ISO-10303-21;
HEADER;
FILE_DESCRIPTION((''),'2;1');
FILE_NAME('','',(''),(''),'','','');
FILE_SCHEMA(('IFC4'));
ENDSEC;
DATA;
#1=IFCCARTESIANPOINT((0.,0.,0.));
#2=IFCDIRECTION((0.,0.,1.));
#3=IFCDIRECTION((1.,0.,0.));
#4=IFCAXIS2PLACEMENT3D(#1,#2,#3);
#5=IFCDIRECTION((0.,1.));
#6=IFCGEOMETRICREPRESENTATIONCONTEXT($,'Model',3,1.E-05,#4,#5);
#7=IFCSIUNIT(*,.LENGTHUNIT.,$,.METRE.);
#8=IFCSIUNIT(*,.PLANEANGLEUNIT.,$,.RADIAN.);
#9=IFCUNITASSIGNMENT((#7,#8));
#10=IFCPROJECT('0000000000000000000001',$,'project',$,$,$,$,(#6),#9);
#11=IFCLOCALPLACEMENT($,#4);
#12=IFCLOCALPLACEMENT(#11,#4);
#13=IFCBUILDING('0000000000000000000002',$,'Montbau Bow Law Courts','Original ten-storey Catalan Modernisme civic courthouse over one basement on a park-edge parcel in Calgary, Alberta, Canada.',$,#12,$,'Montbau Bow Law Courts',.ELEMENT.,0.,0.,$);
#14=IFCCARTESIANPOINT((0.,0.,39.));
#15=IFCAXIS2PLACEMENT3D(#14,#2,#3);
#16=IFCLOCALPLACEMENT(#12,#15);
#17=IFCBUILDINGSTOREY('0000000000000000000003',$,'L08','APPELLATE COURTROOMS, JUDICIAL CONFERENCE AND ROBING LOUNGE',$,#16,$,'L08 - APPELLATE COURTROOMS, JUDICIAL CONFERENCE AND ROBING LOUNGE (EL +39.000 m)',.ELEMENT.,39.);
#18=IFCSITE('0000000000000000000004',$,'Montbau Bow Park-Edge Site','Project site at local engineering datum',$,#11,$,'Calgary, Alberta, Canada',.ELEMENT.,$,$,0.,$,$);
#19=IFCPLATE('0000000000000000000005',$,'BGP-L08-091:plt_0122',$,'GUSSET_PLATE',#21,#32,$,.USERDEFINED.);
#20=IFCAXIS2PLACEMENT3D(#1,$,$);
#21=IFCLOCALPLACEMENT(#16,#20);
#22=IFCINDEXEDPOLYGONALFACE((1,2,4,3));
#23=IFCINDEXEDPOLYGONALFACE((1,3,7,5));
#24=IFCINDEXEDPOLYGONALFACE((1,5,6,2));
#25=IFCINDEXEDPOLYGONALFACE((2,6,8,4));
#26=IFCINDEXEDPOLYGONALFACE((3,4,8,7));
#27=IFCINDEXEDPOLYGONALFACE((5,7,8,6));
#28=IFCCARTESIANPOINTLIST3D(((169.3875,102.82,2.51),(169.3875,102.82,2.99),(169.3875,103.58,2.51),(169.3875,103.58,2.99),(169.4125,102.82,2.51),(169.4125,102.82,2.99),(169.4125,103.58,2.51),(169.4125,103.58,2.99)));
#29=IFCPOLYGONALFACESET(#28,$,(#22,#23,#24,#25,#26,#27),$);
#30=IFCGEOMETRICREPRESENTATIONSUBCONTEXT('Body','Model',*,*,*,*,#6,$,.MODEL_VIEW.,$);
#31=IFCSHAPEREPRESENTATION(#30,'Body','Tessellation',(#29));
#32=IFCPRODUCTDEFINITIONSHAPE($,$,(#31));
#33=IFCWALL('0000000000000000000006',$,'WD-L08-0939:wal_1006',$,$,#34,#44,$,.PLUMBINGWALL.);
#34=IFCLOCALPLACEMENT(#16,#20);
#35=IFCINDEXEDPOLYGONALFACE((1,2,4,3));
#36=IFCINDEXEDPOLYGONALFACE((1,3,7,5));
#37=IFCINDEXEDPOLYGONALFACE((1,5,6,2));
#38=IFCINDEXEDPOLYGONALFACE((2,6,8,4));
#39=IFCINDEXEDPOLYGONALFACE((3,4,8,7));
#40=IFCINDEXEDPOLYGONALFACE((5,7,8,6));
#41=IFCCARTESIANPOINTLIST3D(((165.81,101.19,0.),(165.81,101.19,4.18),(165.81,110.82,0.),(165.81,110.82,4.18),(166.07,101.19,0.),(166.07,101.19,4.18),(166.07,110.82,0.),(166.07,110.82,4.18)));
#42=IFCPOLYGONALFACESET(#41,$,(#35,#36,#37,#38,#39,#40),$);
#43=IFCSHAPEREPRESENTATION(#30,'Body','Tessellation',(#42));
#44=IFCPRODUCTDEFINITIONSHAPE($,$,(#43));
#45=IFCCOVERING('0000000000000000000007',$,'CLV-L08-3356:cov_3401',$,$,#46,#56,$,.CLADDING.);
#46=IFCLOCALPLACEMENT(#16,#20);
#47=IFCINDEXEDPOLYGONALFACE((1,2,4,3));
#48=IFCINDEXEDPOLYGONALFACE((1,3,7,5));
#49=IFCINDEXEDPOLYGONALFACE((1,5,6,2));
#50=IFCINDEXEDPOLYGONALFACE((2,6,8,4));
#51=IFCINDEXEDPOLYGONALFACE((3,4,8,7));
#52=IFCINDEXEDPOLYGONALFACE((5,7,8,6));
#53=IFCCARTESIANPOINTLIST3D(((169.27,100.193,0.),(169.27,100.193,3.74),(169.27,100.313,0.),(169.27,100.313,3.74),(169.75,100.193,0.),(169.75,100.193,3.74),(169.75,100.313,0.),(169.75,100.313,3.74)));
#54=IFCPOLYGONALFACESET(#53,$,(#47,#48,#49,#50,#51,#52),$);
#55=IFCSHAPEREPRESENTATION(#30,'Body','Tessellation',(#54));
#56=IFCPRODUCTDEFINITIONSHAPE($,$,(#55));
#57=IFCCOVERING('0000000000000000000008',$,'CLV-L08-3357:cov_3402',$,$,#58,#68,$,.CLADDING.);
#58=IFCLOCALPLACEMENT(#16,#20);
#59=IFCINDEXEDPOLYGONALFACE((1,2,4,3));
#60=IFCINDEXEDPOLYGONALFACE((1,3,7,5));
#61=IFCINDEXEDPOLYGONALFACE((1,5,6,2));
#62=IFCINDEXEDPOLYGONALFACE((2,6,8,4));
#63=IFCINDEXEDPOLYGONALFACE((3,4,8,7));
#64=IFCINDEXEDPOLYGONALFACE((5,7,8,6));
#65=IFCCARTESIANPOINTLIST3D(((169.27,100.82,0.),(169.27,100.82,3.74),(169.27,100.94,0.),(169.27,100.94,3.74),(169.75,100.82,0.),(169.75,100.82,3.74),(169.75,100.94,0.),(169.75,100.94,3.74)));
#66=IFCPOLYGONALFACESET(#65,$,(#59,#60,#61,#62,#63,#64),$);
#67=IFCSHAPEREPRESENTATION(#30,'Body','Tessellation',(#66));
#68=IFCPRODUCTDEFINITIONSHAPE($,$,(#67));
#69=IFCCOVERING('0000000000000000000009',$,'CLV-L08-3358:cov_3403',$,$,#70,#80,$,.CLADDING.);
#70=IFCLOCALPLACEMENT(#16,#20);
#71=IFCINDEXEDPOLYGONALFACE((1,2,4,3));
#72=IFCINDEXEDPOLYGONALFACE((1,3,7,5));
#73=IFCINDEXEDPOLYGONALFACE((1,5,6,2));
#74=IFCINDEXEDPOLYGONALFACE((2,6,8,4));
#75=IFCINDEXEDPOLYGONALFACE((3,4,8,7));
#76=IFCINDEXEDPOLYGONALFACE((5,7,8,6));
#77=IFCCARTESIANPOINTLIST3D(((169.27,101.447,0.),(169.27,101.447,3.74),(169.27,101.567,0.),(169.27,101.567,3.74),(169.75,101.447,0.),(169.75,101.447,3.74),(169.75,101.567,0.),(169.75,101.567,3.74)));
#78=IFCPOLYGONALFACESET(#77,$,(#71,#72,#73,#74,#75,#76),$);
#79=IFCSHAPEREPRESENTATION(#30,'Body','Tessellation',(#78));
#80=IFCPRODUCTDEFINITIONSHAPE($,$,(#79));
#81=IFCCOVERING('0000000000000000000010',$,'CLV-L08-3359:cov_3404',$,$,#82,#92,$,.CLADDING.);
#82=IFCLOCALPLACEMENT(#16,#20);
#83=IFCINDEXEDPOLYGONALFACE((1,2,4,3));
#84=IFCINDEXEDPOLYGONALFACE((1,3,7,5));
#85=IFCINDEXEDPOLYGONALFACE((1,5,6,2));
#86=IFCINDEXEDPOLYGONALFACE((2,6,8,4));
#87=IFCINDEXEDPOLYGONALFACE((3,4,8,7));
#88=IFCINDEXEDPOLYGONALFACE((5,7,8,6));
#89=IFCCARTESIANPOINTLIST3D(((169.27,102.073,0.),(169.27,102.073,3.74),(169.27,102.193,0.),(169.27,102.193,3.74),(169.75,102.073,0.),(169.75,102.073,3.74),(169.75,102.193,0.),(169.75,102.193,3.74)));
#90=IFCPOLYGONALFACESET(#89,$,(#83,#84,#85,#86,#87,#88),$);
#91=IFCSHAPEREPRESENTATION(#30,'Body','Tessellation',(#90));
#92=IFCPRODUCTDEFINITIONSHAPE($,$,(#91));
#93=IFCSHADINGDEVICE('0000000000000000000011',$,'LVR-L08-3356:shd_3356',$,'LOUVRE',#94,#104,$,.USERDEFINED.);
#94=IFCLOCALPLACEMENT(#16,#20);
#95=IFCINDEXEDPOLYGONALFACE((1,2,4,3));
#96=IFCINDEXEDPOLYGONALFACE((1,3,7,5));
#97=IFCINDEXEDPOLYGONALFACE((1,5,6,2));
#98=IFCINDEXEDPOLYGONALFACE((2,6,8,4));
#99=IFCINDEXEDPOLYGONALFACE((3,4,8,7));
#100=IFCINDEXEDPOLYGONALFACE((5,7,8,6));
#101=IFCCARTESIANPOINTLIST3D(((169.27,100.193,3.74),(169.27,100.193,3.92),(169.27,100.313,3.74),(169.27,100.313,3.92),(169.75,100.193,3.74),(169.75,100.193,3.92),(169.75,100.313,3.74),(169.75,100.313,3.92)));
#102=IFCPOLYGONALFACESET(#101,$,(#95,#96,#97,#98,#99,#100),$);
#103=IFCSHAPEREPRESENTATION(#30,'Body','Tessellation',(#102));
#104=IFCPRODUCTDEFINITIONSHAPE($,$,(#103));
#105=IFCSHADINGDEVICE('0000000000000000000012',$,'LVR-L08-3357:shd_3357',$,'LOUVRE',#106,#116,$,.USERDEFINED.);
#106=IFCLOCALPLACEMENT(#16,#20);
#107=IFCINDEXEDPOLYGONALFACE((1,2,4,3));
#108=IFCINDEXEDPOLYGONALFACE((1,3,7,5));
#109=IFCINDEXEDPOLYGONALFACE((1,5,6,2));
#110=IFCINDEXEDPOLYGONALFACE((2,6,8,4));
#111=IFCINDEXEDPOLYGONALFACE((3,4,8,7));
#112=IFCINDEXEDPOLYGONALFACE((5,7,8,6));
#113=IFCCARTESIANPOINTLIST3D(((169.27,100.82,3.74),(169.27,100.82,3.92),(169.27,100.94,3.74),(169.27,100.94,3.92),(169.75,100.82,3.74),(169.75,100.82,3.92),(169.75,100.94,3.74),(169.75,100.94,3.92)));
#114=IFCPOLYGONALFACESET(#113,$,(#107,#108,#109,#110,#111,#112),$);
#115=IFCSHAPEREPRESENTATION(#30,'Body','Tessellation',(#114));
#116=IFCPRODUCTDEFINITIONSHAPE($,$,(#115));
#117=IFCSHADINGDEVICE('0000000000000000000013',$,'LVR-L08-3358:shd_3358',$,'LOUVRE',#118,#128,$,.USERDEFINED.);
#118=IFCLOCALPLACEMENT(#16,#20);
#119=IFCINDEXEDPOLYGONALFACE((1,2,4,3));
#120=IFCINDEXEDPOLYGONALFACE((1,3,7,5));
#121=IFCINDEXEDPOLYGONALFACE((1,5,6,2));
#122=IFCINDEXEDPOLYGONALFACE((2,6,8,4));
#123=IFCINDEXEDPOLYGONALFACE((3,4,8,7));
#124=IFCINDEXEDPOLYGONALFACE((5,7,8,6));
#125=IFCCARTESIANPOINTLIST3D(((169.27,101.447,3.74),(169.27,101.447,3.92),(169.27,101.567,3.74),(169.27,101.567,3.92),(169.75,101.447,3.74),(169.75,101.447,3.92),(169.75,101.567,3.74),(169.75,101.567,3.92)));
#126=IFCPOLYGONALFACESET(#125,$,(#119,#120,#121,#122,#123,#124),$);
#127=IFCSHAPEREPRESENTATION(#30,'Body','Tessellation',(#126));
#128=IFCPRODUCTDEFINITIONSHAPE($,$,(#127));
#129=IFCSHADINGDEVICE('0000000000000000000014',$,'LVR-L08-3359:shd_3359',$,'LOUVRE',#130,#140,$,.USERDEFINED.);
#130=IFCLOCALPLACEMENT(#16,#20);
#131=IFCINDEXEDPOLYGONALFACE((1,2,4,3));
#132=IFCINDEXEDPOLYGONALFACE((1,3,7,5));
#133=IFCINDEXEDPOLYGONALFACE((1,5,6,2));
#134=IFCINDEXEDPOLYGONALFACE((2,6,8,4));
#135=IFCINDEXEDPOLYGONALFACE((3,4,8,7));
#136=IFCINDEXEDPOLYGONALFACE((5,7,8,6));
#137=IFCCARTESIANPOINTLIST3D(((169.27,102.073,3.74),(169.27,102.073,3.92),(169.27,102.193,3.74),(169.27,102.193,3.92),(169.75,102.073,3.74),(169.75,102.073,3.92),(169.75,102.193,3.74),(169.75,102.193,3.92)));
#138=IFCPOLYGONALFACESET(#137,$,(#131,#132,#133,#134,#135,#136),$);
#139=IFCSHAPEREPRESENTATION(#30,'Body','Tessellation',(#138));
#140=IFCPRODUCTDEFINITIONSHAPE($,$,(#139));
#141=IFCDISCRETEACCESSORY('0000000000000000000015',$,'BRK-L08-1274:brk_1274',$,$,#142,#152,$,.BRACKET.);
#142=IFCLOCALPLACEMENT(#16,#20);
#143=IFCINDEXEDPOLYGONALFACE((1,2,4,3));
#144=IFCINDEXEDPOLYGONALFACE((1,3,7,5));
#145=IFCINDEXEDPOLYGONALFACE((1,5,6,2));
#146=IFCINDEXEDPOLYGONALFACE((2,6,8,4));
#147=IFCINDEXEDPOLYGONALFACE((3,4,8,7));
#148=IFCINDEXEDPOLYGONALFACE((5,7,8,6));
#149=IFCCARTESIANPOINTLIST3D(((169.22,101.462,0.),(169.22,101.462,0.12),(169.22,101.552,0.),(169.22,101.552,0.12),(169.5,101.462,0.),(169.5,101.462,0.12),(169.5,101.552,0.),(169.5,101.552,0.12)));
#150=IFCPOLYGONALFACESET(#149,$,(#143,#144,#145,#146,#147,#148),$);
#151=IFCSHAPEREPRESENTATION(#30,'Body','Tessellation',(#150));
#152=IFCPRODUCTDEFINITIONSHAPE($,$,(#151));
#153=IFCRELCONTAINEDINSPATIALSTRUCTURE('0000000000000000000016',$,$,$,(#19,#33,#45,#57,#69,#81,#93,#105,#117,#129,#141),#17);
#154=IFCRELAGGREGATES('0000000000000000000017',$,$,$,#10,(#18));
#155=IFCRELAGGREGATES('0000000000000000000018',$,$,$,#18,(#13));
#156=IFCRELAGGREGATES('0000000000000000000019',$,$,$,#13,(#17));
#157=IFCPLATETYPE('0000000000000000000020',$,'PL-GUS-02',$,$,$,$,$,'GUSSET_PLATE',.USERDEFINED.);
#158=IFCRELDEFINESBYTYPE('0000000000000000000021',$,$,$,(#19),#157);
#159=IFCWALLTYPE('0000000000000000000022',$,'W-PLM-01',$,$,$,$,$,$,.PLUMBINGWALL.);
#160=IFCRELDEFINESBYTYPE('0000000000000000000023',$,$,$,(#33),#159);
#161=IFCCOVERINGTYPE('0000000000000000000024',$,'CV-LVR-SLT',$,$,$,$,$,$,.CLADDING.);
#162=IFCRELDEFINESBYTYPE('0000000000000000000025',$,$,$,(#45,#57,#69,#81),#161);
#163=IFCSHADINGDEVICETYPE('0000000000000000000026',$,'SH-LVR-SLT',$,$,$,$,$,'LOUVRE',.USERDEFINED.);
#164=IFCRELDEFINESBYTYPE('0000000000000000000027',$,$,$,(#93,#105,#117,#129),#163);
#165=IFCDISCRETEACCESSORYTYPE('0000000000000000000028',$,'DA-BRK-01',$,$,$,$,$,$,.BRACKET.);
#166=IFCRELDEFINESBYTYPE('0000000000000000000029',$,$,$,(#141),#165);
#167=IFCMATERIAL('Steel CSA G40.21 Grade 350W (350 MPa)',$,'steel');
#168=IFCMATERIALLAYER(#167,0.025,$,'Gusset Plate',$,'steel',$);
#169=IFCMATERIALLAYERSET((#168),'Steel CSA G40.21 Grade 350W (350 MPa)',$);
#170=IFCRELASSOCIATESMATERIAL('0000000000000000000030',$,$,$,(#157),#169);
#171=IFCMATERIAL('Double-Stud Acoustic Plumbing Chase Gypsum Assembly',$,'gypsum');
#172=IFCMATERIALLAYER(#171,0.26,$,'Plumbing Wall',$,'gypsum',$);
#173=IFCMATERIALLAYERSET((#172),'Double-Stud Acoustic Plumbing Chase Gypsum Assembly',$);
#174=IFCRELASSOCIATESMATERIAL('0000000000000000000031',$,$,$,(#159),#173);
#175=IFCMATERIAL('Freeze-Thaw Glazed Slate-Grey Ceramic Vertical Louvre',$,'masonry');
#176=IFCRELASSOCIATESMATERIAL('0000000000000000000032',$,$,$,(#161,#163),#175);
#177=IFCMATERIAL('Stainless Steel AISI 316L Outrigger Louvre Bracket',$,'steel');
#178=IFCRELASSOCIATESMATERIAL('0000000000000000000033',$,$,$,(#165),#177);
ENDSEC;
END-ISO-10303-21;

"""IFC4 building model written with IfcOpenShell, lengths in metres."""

from ifc_helpers import new_model, si_unit, direction, frame, frame_2d, origin_with_axes, origin_2d_with_axis, place, context, subcontext, project, spatial, rectangle, extrude, material, layer, layer_set, type_object, element, save


model = new_model("IFC4")

# Units and contexts
model_context = context("Model", 3, precision=1e-05, world=origin_with_axes(), true_north=direction((0.0, 1.0)))
body_context = subcontext(model_context, "Body", "Model", "MODEL_VIEW")
ifc_project = project(units=[si_unit("LENGTHUNIT", "METRE"), si_unit("PLANEANGLEUNIT", "RADIAN")], contexts=[model_context])

# Site, building, storey
site_placement = place(None, origin_with_axes())
site = spatial("IfcSite", under=ifc_project, at=site_placement, Name="Montbau Bow Park-Edge Site", Description="Project site at local engineering datum", LongName="Calgary, Alberta, Canada", CompositionType="ELEMENT", RefElevation=0.0)
building_placement = place(site_placement, origin_with_axes())
building = spatial("IfcBuilding", under=site, at=building_placement, Name="Montbau Bow Law Courts", Description="Original ten-storey Catalan Modernisme civic courthouse over one basement on a park-edge parcel in Calgary, Alberta, Canada.", LongName="Montbau Bow Law Courts", CompositionType="ELEMENT", ElevationOfRefHeight=0.0, ElevationOfTerrain=0.0)
storey_placement = place(building_placement, frame((0.0, 0.0, 39.0), z_axis=(0.0, 0.0, 1.0), x_axis=(1.0, 0.0, 0.0)))
storey = spatial("IfcBuildingStorey", under=building, at=storey_placement, Name="L08", Description="APPELLATE COURTROOMS, JUDICIAL CONFERENCE AND ROBING LOUNGE", LongName="L08 - APPELLATE COURTROOMS, JUDICIAL CONFERENCE AND ROBING LOUNGE (EL +39.000 m)", CompositionType="ELEMENT", Elevation=39.0)

# Shared definitions
ifc_material_1 = material(Name="Steel CSA G40.21 Grade 350W (350 MPa)", Category="steel")

# Plate
ifc_layer_1 = layer(ifc_material_1, 0.025, Name="Gusset Plate", Category="steel")
ifc_layer_set_1 = layer_set([ifc_layer_1], Name="Steel CSA G40.21 Grade 350W (350 MPa)")
plate_type_1 = type_object("IfcPlateType", Name="PL-GUS-02", ElementType="GUSSET_PLATE", PredefinedType="USERDEFINED", material=ifc_layer_set_1)
plate_1_placement = place(None, frame((169.4, 103.2, 41.51), z_axis=(0.0, 0.0, 1.0), x_axis=(0.0, 1.0, 0.0)))
element("IfcPlate", 1, at=plate_1_placement, inside=storey, type_object=plate_type_1, Name="BGP-L08-091:plt_0122", ObjectType="GUSSET_PLATE", PredefinedType="USERDEFINED", context=body_context, shape_type="SweptSolid", body=[
    extrude(rectangle(XDim=0.76, YDim=0.025, at=origin_2d_with_axis()), origin_with_axes(), (0.0, 0.0, 1.0), 0.48),
])

# Wall
ifc_material_2 = material(Name="Double-Stud Acoustic Plumbing Chase Gypsum Assembly", Category="gypsum")
ifc_layer_2 = layer(ifc_material_2, 0.26, Name="Plumbing Wall", Category="gypsum")
ifc_layer_set_2 = layer_set([ifc_layer_2], Name="Double-Stud Acoustic Plumbing Chase Gypsum Assembly")
wall_type = type_object("IfcWallType", Name="W-PLM-01", PredefinedType="PLUMBINGWALL", material=ifc_layer_set_2)
wall_placement = place(None, frame((165.94, 101.19, 39.0), z_axis=(0.0, 0.0, 1.0), x_axis=(0.0, 1.0, 0.0)))
element("IfcWall", 2, at=wall_placement, inside=storey, type_object=wall_type, Name="WD-L08-0939:wal_1006", PredefinedType="PLUMBINGWALL", context=body_context, shape_type="SweptSolid", body=[
    extrude(rectangle(XDim=9.63, YDim=0.26, at=frame_2d((4.815, 0.0), x_axis=(1.0, 0.0))), origin_with_axes(), (0.0, 0.0, 1.0), 4.18),
])

# Coverings
ifc_material_3 = material(Name="Freeze-Thaw Glazed Slate-Grey Ceramic Vertical Louvre", Category="masonry")
covering_type = type_object("IfcCoveringType", Name="CV-LVR-SLT", PredefinedType="CLADDING", material=ifc_material_3)
for number, where, z_axis, x_axis, name in (
    (3, (169.27, 100.253, 39.0), (0.0, -1.0, 0.0), (1.0, 0.0, 0.0), "CLV-L08-3356:cov_3401"),
    (4, (169.27, 100.88, 39.0), (0.0, -1.0, 0.0), (1.0, 0.0, 0.0), "CLV-L08-3357:cov_3402"),
    (5, (169.27, 101.507, 39.0), (0.0, -1.0, 0.0), (1.0, 0.0, 0.0), "CLV-L08-3358:cov_3403"),
    (6, (169.27, 102.133, 39.0), (0.0, -1.0, 0.0), (1.0, 0.0, 0.0), "CLV-L08-3359:cov_3404"),
):
    element("IfcCovering", number, at=place(None, frame(where, z_axis=z_axis, x_axis=x_axis)), inside=storey, type_object=covering_type, Name=name, PredefinedType="CLADDING", context=body_context, shape_type="SweptSolid", body=[
        extrude(rectangle(XDim=0.48, YDim=3.74, at=frame_2d((0.24, 1.87), x_axis=(1.0, 0.0))), frame((0.0, 0.0, -0.06), z_axis=(0.0, 0.0, 1.0), x_axis=(1.0, 0.0, 0.0)), (0.0, 0.0, 1.0), 0.12),
    ])

# Shading devices
shading_device_type = type_object("IfcShadingDeviceType", Name="SH-LVR-SLT", ElementType="LOUVRE", PredefinedType="USERDEFINED", material=ifc_material_3)
for number, where, z_axis, x_axis, name in (
    (7, (169.51, 100.253, 42.74), (0.0, 0.0, 1.0), (1.0, 0.0, 0.0), "LVR-L08-3356:shd_3356"),
    (8, (169.51, 100.88, 42.74), (0.0, 0.0, 1.0), (1.0, 0.0, 0.0), "LVR-L08-3357:shd_3357"),
    (9, (169.51, 101.507, 42.74), (0.0, 0.0, 1.0), (1.0, 0.0, 0.0), "LVR-L08-3358:shd_3358"),
    (10, (169.51, 102.133, 42.74), (0.0, 0.0, 1.0), (1.0, 0.0, 0.0), "LVR-L08-3359:shd_3359"),
):
    element("IfcShadingDevice", number, at=place(None, frame(where, z_axis=z_axis, x_axis=x_axis)), inside=storey, type_object=shading_device_type, Name=name, ObjectType="LOUVRE", PredefinedType="USERDEFINED", context=body_context, shape_type="SweptSolid", body=[
        extrude(rectangle(XDim=0.48, YDim=0.12, at=origin_2d_with_axis()), origin_with_axes(), (0.0, 0.0, 1.0), 0.18),
    ])

# Discrete accessory
ifc_material_4 = material(Name="Stainless Steel AISI 316L Outrigger Louvre Bracket", Category="steel")
discrete_accessory_type = type_object("IfcDiscreteAccessoryType", Name="DA-BRK-01", PredefinedType="BRACKET", material=ifc_material_4)
discrete_accessory_placement = place(None, frame((169.36, 101.507, 39.0), z_axis=(0.0, 0.0, 1.0), x_axis=(1.0, 0.0, 0.0)))
element("IfcDiscreteAccessory", 11, at=discrete_accessory_placement, inside=storey, type_object=discrete_accessory_type, Name="BRK-L08-1274:brk_1274", PredefinedType="BRACKET", context=body_context, shape_type="SweptSolid", body=[
    extrude(rectangle(XDim=0.28, YDim=0.09, at=origin_2d_with_axis()), origin_with_axes(), (0.0, 0.0, 1.0), 0.12),
])

save(model, "model.ifc")
